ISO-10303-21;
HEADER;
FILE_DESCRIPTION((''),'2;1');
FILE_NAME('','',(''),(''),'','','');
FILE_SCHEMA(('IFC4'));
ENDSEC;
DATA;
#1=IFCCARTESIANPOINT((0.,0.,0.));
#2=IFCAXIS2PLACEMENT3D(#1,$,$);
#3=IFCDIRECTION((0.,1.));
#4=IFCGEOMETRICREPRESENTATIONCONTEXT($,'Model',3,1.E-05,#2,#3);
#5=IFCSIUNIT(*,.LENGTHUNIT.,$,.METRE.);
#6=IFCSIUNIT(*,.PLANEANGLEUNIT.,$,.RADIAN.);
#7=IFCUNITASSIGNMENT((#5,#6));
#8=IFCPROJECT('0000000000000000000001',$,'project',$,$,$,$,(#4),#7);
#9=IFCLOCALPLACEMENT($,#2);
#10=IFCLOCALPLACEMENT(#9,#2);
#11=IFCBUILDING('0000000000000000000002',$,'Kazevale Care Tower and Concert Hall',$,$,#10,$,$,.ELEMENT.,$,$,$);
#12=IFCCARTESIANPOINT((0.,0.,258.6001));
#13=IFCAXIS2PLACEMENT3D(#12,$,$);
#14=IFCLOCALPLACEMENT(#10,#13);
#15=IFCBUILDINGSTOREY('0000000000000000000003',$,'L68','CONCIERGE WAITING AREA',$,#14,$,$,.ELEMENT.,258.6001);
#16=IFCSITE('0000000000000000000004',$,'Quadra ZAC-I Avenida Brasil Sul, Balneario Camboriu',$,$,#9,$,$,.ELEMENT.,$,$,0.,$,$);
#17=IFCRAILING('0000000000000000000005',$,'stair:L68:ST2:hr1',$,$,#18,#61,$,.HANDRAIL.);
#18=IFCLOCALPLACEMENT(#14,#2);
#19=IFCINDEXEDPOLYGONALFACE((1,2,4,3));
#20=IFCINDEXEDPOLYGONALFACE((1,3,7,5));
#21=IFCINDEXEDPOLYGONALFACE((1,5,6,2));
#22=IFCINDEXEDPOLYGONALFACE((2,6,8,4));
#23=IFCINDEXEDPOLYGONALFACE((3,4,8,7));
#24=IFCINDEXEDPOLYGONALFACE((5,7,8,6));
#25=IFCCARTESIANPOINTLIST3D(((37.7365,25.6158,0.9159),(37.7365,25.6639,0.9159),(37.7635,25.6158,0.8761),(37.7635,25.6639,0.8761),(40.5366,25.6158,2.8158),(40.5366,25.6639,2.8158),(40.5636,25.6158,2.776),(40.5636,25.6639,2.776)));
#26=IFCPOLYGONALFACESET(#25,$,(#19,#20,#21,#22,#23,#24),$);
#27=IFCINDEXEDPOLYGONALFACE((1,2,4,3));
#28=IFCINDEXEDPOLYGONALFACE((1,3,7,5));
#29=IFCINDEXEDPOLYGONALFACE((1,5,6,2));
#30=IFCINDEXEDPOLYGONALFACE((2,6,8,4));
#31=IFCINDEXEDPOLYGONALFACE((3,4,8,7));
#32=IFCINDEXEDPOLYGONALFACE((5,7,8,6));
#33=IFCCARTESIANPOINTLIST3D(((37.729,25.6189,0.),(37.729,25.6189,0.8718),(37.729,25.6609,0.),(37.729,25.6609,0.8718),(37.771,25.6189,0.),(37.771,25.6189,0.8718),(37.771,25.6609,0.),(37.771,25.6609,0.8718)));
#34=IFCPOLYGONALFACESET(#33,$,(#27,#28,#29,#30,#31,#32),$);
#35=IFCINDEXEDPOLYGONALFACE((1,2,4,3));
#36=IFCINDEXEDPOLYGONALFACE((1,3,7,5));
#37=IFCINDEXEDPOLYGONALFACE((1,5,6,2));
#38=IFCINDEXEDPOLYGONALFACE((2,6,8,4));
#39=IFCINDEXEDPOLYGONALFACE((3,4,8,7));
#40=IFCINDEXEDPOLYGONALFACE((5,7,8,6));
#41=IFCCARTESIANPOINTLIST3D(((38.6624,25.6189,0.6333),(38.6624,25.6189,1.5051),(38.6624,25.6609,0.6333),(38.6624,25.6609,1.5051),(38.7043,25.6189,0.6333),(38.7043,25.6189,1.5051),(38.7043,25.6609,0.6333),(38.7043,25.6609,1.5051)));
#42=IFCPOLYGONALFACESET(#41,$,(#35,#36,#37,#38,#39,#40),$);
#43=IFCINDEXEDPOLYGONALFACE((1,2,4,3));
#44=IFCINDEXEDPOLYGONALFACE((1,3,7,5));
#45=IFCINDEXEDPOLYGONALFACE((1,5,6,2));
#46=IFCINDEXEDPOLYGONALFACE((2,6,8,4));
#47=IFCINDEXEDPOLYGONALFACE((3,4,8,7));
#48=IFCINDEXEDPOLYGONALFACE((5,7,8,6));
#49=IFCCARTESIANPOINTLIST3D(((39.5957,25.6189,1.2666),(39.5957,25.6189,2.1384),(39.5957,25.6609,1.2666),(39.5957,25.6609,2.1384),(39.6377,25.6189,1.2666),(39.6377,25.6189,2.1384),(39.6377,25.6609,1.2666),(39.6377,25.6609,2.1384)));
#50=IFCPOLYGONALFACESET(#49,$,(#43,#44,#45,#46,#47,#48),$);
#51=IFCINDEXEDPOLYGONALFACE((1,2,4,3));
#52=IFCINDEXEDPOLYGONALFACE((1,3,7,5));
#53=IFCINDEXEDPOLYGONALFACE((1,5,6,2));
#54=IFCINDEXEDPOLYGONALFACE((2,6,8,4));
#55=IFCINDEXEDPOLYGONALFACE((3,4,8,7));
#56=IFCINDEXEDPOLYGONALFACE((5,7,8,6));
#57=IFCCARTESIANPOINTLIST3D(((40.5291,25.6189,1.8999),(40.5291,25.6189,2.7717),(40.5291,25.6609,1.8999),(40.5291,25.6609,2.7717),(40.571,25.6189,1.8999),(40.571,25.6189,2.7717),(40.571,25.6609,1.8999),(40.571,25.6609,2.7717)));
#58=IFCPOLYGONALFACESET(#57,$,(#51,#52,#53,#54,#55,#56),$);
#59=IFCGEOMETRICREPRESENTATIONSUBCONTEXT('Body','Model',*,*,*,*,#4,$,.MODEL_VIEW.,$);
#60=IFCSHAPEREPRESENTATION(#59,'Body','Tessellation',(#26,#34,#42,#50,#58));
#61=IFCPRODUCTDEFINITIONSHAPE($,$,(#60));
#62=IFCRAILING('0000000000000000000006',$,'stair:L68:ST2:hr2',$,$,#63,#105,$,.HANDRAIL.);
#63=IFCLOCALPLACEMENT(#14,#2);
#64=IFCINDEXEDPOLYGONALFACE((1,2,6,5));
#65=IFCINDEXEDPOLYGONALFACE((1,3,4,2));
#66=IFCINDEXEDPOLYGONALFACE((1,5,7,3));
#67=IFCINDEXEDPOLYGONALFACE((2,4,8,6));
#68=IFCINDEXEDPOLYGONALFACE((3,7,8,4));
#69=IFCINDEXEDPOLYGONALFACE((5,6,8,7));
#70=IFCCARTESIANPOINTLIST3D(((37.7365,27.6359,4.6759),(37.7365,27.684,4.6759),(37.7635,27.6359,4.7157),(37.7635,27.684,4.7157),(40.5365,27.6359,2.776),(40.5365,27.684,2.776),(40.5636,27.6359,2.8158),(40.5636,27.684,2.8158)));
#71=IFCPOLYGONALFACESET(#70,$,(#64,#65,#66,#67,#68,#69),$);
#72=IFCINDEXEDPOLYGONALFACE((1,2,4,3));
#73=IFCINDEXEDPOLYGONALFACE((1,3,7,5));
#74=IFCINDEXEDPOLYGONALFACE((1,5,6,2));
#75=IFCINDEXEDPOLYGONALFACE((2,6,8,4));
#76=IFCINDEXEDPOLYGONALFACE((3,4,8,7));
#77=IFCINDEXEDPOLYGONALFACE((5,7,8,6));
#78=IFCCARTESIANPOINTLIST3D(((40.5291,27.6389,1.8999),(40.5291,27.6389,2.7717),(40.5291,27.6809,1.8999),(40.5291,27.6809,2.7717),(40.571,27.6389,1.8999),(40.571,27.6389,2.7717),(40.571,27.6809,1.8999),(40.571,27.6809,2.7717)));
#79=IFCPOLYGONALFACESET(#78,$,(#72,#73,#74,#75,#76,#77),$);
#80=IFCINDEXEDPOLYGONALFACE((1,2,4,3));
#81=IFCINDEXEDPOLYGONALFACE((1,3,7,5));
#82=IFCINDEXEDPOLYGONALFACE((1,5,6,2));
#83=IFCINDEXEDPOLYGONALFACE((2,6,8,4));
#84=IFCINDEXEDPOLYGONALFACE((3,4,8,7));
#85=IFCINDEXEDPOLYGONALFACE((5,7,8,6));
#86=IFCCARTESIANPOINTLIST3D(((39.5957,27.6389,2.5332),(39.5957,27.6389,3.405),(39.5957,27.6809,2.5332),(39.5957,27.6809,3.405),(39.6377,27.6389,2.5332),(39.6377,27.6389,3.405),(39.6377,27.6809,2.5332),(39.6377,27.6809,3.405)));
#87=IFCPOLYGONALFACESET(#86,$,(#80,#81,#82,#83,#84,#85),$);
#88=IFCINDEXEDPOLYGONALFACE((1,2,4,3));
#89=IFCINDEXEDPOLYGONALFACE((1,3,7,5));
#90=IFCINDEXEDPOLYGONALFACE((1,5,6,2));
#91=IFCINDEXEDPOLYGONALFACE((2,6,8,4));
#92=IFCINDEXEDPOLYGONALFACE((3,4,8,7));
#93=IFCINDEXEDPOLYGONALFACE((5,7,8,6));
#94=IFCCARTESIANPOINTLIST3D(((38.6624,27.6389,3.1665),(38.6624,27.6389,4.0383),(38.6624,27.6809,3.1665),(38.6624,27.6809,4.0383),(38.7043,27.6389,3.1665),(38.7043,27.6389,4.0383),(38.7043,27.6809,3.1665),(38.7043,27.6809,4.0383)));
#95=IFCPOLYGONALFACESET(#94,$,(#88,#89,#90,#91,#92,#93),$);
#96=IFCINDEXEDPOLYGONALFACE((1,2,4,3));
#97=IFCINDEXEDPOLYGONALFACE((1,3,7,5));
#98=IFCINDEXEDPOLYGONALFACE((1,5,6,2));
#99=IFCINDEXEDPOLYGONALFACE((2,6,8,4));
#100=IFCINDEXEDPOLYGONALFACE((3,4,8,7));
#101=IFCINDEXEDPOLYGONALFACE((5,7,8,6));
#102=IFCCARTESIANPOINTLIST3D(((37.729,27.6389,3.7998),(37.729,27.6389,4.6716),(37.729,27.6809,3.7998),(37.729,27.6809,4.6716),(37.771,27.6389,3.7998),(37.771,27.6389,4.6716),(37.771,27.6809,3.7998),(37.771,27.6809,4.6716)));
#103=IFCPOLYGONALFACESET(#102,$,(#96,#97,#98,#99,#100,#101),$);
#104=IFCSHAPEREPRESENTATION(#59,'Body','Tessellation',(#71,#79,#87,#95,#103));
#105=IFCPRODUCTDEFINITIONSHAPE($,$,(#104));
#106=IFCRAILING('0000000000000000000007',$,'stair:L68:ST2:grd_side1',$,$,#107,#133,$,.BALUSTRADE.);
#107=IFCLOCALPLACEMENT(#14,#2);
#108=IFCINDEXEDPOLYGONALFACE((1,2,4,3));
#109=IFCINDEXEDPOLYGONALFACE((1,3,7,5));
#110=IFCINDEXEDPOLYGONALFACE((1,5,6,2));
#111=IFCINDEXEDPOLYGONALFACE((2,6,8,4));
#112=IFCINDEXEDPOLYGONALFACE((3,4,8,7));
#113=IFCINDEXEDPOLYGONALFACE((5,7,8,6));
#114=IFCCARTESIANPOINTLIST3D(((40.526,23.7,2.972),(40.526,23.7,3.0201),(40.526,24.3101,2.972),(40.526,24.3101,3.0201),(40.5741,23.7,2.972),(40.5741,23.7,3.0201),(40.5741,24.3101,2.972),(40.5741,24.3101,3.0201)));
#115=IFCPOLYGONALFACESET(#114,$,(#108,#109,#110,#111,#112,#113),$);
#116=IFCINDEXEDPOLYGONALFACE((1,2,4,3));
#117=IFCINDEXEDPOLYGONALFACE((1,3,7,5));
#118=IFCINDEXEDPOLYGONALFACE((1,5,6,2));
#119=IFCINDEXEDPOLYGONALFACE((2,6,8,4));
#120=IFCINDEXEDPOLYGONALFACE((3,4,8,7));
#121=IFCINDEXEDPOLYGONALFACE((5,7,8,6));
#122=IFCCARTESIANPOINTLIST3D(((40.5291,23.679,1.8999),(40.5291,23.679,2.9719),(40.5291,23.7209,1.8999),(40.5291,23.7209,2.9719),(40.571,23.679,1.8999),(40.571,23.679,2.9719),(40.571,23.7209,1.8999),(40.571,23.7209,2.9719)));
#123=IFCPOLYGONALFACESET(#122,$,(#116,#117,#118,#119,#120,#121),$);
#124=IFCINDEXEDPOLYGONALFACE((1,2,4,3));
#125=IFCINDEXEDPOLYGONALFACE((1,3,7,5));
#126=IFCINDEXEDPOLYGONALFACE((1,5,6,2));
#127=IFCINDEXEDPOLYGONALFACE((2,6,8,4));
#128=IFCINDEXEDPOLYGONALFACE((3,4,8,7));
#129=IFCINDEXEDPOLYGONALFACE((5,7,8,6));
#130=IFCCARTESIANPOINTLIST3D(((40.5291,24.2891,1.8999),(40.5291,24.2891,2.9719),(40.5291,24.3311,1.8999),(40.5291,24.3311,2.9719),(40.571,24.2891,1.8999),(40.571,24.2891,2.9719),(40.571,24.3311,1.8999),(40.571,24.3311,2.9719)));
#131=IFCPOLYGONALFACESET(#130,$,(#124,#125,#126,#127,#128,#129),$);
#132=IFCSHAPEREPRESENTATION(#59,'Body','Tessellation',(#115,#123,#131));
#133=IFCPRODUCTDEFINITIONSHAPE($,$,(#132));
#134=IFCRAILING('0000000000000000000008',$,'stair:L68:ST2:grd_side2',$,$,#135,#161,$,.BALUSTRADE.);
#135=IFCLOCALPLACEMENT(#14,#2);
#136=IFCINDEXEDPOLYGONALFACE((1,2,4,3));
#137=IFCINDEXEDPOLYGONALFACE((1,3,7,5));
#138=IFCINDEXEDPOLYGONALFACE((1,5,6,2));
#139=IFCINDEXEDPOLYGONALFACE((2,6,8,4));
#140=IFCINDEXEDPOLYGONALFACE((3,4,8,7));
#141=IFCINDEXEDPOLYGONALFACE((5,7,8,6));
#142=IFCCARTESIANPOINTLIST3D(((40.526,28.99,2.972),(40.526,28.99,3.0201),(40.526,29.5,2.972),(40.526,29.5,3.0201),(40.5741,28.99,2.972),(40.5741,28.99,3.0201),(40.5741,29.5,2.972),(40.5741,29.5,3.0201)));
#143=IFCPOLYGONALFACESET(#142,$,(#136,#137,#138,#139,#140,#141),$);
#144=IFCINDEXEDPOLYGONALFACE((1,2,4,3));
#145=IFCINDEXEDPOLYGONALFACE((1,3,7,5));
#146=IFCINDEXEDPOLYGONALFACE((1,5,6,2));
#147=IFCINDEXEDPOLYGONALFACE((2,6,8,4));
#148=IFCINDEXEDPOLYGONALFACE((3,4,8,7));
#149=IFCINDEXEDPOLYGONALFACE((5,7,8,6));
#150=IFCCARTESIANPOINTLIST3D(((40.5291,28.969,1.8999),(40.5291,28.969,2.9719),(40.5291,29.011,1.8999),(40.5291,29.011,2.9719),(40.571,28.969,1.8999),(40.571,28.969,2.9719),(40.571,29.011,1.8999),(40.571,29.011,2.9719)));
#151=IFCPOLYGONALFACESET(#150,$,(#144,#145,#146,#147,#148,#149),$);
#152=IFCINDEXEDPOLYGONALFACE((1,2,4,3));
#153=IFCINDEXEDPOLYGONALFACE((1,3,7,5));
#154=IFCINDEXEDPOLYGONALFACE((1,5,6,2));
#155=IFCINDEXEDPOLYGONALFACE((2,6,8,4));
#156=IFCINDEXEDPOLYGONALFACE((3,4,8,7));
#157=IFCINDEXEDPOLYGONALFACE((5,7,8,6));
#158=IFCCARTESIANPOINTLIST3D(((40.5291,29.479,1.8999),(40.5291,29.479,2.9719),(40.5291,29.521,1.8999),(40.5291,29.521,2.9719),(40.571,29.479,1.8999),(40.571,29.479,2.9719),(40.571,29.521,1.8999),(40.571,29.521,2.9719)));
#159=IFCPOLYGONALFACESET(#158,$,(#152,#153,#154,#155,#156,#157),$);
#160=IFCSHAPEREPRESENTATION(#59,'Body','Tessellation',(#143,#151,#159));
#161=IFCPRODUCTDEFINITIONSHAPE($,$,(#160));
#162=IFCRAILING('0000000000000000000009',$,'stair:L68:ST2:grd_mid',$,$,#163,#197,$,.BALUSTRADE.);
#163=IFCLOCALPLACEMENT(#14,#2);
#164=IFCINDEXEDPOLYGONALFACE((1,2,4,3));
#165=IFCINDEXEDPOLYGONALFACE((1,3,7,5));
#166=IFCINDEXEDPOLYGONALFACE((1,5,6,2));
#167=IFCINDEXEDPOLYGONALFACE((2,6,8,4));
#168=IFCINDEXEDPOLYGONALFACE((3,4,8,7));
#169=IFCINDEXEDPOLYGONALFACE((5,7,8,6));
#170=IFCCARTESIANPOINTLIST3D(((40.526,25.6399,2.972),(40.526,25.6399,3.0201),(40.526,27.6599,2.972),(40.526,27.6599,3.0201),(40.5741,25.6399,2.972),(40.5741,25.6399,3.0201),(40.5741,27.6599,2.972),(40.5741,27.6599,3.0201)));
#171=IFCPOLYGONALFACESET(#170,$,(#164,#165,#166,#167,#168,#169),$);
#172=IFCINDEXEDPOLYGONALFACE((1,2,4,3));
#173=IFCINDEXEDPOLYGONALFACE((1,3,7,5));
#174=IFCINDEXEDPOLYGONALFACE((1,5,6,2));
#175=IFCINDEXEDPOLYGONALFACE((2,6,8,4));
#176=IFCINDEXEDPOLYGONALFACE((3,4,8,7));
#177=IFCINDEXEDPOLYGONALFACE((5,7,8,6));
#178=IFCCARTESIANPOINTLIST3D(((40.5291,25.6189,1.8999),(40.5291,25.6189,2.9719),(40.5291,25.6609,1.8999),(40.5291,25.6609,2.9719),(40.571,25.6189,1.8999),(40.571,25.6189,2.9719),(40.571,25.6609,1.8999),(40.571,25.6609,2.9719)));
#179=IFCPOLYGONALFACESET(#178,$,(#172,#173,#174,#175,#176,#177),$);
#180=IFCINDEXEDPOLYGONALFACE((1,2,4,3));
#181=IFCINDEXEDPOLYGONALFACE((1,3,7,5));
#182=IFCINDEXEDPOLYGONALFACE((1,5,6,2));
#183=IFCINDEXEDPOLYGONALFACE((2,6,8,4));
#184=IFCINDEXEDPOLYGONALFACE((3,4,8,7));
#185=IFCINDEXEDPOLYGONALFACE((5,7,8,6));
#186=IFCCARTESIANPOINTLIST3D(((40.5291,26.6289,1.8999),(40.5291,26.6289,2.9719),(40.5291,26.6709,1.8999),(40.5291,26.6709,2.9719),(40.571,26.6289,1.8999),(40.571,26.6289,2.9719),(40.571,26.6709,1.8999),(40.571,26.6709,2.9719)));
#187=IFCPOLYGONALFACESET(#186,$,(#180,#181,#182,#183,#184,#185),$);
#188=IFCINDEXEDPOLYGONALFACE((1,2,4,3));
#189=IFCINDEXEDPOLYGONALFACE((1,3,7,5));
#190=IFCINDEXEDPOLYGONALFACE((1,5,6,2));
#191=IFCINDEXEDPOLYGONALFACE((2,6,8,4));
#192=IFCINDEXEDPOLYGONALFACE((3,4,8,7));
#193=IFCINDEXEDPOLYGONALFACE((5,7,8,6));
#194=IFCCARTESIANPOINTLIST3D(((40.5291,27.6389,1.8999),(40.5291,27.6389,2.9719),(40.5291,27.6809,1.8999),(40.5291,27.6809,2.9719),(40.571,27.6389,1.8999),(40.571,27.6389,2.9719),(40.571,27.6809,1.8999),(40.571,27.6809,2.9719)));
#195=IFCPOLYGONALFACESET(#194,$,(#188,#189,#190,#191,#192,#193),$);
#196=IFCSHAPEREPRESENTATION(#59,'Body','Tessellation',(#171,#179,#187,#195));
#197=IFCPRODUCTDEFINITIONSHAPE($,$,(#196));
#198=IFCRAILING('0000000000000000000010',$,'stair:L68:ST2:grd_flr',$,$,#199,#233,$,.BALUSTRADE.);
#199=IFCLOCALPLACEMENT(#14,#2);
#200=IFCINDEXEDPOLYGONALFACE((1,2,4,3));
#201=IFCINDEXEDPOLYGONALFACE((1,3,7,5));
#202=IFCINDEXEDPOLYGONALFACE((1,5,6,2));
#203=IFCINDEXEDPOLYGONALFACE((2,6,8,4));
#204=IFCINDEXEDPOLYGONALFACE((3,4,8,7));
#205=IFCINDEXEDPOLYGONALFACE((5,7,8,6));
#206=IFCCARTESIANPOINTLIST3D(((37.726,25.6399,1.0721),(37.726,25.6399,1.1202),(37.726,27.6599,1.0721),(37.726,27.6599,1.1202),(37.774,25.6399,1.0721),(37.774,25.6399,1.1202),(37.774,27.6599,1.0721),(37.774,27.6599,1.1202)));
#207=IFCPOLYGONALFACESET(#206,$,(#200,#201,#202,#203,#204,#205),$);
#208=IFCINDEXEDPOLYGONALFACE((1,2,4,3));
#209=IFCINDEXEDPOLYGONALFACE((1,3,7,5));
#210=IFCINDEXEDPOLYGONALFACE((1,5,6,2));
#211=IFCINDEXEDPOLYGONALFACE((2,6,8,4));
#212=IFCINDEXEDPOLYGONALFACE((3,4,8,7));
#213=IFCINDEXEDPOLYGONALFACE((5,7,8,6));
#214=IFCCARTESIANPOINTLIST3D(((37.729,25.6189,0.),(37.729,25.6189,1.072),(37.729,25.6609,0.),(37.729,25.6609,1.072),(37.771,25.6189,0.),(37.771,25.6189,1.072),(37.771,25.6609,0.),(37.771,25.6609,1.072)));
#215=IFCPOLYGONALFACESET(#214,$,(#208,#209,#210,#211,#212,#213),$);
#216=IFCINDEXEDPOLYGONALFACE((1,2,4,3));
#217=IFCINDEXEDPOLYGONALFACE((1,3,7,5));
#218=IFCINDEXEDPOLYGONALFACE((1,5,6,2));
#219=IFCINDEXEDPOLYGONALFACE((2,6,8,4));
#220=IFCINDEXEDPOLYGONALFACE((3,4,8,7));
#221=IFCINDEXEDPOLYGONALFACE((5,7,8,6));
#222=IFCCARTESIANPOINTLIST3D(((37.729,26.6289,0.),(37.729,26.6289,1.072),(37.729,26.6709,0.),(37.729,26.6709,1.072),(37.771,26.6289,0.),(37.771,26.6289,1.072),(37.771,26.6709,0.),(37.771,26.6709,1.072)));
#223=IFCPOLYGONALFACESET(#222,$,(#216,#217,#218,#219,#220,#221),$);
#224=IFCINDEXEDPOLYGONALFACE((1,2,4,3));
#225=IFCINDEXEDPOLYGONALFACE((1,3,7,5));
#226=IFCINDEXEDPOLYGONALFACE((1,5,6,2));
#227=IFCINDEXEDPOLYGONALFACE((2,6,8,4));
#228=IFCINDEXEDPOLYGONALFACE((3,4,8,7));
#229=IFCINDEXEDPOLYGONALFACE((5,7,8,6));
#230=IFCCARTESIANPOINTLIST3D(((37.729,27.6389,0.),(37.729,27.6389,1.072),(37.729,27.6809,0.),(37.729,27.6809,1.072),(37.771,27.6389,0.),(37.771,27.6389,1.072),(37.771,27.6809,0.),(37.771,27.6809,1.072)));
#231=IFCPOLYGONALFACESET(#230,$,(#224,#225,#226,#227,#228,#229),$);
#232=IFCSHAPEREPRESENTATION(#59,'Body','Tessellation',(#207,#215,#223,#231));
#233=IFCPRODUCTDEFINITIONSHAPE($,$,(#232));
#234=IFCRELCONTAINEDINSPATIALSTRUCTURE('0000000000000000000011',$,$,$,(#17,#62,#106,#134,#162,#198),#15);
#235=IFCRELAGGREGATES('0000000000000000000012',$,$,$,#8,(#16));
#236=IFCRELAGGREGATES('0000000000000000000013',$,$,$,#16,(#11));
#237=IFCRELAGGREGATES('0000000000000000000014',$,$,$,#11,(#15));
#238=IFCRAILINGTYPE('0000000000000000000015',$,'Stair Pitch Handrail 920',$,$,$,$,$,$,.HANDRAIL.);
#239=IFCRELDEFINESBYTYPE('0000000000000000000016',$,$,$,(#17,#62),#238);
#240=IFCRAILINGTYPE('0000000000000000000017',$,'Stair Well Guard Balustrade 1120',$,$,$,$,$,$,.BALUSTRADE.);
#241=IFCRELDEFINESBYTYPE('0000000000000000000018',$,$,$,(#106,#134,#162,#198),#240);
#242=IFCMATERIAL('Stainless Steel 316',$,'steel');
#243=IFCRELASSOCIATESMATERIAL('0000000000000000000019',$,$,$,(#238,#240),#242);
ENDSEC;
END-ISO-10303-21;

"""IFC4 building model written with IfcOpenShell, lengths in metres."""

from ifc_helpers import new_model, si_unit, direction, frame, origin, origin_2d, place, context, subcontext, project, spatial, rectangle, extrude, material, type_object, element, save


model = new_model("IFC4")

# Units and contexts
model_context = context("Model", 3, precision=1e-05, world=origin(), true_north=direction((0.0, 1.0)))
body_context = subcontext(model_context, "Body", "Model", "MODEL_VIEW")
ifc_project = project(units=[si_unit("LENGTHUNIT", "METRE"), si_unit("PLANEANGLEUNIT", "RADIAN")], contexts=[model_context])

# Site, building, storey
site_placement = place(None, origin())
site = spatial("IfcSite", under=ifc_project, at=site_placement, Name="Quadra ZAC-I Avenida Brasil Sul, Balneario Camboriu", CompositionType="ELEMENT", RefElevation=0.0)
building_placement = place(site_placement, origin())
building = spatial("IfcBuilding", under=site, at=building_placement, Name="Kazevale Care Tower and Concert Hall", CompositionType="ELEMENT")
storey_placement = place(building_placement, frame((0.0, 0.0, 258.6001)))
storey = spatial("IfcBuildingStorey", under=building, at=storey_placement, Name="L68", Description="CONCIERGE WAITING AREA", CompositionType="ELEMENT", Elevation=258.6001)

# Railings
ifc_material_1 = material(Name="Stainless Steel 316", Category="steel")
railing_type_1 = type_object("IfcRailingType", Name="Stair Pitch Handrail 920", PredefinedType="HANDRAIL", material=ifc_material_1)
railing_1_placement = place(storey_placement, frame((37.75, 25.6399, 0.0)))
element("IfcRailing", 1, at=railing_1_placement, inside=storey, type_object=railing_type_1, Name="stair:L68:ST2:hr1", PredefinedType="HANDRAIL", context=body_context, shape_type="SweptSolid", body=[
    extrude(rectangle(XDim=0.0481, YDim=0.0481, at=origin_2d()), frame((0.0, 0.0, 0.896), z_axis=(0.827494, 0.0, 0.561475), x_axis=(0.0, 1.0, 0.0)), (0.0, 0.0, 1.0), 3.3838),
    extrude(rectangle(XDim=0.042, YDim=0.042, at=origin_2d()), origin(), (0.0, 0.0, 1.0), 0.8718),
    extrude(rectangle(XDim=0.042, YDim=0.042, at=origin_2d()), frame((0.9333, 0.0, 0.6333)), (0.0, 0.0, 1.0), 0.8718),
    extrude(rectangle(XDim=0.042, YDim=0.042, at=origin_2d()), frame((1.8667, 0.0, 1.2666)), (0.0, 0.0, 1.0), 0.8718),
    extrude(rectangle(XDim=0.042, YDim=0.042, at=origin_2d()), frame((2.8, 0.0, 1.8999)), (0.0, 0.0, 1.0), 0.8718),
])
railing_2_placement = place(storey_placement, frame((40.55, 27.6599, 1.8999)))
element("IfcRailing", 2, at=railing_2_placement, inside=storey, type_object=railing_type_1, Name="stair:L68:ST2:hr2", PredefinedType="HANDRAIL", context=body_context, shape_type="SweptSolid", body=[
    extrude(rectangle(XDim=0.0481, YDim=0.0481, at=origin_2d()), frame((0.0, 0.0, 0.896), z_axis=(-0.827494, 0.0, 0.561475), x_axis=(0.0, -1.0, 0.0)), (0.0, 0.0, 1.0), 3.3838),
    extrude(rectangle(XDim=0.042, YDim=0.042, at=origin_2d()), origin(), (0.0, 0.0, 1.0), 0.8718),
    extrude(rectangle(XDim=0.042, YDim=0.042, at=origin_2d()), frame((-0.9333, 0.0, 0.6333)), (0.0, 0.0, 1.0), 0.8718),
    extrude(rectangle(XDim=0.042, YDim=0.042, at=origin_2d()), frame((-1.8667, 0.0, 1.2666)), (0.0, 0.0, 1.0), 0.8718),
    extrude(rectangle(XDim=0.042, YDim=0.042, at=origin_2d()), frame((-2.8, 0.0, 1.8999)), (0.0, 0.0, 1.0), 0.8718),
])
railing_type_2 = type_object("IfcRailingType", Name="Stair Well Guard Balustrade 1120", PredefinedType="BALUSTRADE", material=ifc_material_1)
railing_3_placement = place(storey_placement, frame((40.55, 23.7, 1.8999)))
element("IfcRailing", 3, at=railing_3_placement, inside=storey, type_object=railing_type_2, Name="stair:L68:ST2:grd_side1", PredefinedType="BALUSTRADE", context=body_context, shape_type="SweptSolid", body=[
    extrude(rectangle(XDim=0.0481, YDim=0.0481, at=origin_2d()), frame((0.0, 0.0, 1.0962), z_axis=(0.0, 1.0, 0.0), x_axis=(-1.0, 0.0, 0.0)), (0.0, 0.0, 1.0), 0.6101),
    extrude(rectangle(XDim=0.042, YDim=0.042, at=origin_2d()), origin(), (0.0, 0.0, 1.0), 1.072),
    extrude(rectangle(XDim=0.042, YDim=0.042, at=origin_2d()), frame((0.0, 0.6101, 0.0)), (0.0, 0.0, 1.0), 1.072),
])
railing_4_placement = place(storey_placement, frame((40.55, 28.99, 1.8999)))
element("IfcRailing", 4, at=railing_4_placement, inside=storey, type_object=railing_type_2, Name="stair:L68:ST2:grd_side2", PredefinedType="BALUSTRADE", context=body_context, shape_type="SweptSolid", body=[
    extrude(rectangle(XDim=0.0481, YDim=0.0481, at=origin_2d()), frame((0.0, 0.0, 1.0962), z_axis=(0.0, 1.0, 0.0), x_axis=(-1.0, 0.0, 0.0)), (0.0, 0.0, 1.0), 0.51),
    extrude(rectangle(XDim=0.042, YDim=0.042, at=origin_2d()), origin(), (0.0, 0.0, 1.0), 1.072),
    extrude(rectangle(XDim=0.042, YDim=0.042, at=origin_2d()), frame((0.0, 0.51, 0.0)), (0.0, 0.0, 1.0), 1.072),
])
for number, where, name in (
    (5, (40.55, 25.6399, 1.8999), "stair:L68:ST2:grd_mid"),
    (6, (37.75, 25.6399, 0.0), "stair:L68:ST2:grd_flr"),
):
    element("IfcRailing", number, at=place(storey_placement, frame(where)), inside=storey, type_object=railing_type_2, Name=name, PredefinedType="BALUSTRADE", context=body_context, shape_type="SweptSolid", body=[
        extrude(rectangle(XDim=0.0481, YDim=0.0481, at=origin_2d()), frame((0.0, 0.0, 1.0962), z_axis=(0.0, 1.0, 0.0), x_axis=(-1.0, 0.0, 0.0)), (0.0, 0.0, 1.0), 2.02),
        extrude(rectangle(XDim=0.042, YDim=0.042, at=origin_2d()), origin(), (0.0, 0.0, 1.0), 1.072),
        extrude(rectangle(XDim=0.042, YDim=0.042, at=origin_2d()), frame((0.0, 1.01, 0.0)), (0.0, 0.0, 1.0), 1.072),
        extrude(rectangle(XDim=0.042, YDim=0.042, at=origin_2d()), frame((0.0, 2.02, 0.0)), (0.0, 0.0, 1.0), 1.072),
    ])

save(model, "model.ifc")
